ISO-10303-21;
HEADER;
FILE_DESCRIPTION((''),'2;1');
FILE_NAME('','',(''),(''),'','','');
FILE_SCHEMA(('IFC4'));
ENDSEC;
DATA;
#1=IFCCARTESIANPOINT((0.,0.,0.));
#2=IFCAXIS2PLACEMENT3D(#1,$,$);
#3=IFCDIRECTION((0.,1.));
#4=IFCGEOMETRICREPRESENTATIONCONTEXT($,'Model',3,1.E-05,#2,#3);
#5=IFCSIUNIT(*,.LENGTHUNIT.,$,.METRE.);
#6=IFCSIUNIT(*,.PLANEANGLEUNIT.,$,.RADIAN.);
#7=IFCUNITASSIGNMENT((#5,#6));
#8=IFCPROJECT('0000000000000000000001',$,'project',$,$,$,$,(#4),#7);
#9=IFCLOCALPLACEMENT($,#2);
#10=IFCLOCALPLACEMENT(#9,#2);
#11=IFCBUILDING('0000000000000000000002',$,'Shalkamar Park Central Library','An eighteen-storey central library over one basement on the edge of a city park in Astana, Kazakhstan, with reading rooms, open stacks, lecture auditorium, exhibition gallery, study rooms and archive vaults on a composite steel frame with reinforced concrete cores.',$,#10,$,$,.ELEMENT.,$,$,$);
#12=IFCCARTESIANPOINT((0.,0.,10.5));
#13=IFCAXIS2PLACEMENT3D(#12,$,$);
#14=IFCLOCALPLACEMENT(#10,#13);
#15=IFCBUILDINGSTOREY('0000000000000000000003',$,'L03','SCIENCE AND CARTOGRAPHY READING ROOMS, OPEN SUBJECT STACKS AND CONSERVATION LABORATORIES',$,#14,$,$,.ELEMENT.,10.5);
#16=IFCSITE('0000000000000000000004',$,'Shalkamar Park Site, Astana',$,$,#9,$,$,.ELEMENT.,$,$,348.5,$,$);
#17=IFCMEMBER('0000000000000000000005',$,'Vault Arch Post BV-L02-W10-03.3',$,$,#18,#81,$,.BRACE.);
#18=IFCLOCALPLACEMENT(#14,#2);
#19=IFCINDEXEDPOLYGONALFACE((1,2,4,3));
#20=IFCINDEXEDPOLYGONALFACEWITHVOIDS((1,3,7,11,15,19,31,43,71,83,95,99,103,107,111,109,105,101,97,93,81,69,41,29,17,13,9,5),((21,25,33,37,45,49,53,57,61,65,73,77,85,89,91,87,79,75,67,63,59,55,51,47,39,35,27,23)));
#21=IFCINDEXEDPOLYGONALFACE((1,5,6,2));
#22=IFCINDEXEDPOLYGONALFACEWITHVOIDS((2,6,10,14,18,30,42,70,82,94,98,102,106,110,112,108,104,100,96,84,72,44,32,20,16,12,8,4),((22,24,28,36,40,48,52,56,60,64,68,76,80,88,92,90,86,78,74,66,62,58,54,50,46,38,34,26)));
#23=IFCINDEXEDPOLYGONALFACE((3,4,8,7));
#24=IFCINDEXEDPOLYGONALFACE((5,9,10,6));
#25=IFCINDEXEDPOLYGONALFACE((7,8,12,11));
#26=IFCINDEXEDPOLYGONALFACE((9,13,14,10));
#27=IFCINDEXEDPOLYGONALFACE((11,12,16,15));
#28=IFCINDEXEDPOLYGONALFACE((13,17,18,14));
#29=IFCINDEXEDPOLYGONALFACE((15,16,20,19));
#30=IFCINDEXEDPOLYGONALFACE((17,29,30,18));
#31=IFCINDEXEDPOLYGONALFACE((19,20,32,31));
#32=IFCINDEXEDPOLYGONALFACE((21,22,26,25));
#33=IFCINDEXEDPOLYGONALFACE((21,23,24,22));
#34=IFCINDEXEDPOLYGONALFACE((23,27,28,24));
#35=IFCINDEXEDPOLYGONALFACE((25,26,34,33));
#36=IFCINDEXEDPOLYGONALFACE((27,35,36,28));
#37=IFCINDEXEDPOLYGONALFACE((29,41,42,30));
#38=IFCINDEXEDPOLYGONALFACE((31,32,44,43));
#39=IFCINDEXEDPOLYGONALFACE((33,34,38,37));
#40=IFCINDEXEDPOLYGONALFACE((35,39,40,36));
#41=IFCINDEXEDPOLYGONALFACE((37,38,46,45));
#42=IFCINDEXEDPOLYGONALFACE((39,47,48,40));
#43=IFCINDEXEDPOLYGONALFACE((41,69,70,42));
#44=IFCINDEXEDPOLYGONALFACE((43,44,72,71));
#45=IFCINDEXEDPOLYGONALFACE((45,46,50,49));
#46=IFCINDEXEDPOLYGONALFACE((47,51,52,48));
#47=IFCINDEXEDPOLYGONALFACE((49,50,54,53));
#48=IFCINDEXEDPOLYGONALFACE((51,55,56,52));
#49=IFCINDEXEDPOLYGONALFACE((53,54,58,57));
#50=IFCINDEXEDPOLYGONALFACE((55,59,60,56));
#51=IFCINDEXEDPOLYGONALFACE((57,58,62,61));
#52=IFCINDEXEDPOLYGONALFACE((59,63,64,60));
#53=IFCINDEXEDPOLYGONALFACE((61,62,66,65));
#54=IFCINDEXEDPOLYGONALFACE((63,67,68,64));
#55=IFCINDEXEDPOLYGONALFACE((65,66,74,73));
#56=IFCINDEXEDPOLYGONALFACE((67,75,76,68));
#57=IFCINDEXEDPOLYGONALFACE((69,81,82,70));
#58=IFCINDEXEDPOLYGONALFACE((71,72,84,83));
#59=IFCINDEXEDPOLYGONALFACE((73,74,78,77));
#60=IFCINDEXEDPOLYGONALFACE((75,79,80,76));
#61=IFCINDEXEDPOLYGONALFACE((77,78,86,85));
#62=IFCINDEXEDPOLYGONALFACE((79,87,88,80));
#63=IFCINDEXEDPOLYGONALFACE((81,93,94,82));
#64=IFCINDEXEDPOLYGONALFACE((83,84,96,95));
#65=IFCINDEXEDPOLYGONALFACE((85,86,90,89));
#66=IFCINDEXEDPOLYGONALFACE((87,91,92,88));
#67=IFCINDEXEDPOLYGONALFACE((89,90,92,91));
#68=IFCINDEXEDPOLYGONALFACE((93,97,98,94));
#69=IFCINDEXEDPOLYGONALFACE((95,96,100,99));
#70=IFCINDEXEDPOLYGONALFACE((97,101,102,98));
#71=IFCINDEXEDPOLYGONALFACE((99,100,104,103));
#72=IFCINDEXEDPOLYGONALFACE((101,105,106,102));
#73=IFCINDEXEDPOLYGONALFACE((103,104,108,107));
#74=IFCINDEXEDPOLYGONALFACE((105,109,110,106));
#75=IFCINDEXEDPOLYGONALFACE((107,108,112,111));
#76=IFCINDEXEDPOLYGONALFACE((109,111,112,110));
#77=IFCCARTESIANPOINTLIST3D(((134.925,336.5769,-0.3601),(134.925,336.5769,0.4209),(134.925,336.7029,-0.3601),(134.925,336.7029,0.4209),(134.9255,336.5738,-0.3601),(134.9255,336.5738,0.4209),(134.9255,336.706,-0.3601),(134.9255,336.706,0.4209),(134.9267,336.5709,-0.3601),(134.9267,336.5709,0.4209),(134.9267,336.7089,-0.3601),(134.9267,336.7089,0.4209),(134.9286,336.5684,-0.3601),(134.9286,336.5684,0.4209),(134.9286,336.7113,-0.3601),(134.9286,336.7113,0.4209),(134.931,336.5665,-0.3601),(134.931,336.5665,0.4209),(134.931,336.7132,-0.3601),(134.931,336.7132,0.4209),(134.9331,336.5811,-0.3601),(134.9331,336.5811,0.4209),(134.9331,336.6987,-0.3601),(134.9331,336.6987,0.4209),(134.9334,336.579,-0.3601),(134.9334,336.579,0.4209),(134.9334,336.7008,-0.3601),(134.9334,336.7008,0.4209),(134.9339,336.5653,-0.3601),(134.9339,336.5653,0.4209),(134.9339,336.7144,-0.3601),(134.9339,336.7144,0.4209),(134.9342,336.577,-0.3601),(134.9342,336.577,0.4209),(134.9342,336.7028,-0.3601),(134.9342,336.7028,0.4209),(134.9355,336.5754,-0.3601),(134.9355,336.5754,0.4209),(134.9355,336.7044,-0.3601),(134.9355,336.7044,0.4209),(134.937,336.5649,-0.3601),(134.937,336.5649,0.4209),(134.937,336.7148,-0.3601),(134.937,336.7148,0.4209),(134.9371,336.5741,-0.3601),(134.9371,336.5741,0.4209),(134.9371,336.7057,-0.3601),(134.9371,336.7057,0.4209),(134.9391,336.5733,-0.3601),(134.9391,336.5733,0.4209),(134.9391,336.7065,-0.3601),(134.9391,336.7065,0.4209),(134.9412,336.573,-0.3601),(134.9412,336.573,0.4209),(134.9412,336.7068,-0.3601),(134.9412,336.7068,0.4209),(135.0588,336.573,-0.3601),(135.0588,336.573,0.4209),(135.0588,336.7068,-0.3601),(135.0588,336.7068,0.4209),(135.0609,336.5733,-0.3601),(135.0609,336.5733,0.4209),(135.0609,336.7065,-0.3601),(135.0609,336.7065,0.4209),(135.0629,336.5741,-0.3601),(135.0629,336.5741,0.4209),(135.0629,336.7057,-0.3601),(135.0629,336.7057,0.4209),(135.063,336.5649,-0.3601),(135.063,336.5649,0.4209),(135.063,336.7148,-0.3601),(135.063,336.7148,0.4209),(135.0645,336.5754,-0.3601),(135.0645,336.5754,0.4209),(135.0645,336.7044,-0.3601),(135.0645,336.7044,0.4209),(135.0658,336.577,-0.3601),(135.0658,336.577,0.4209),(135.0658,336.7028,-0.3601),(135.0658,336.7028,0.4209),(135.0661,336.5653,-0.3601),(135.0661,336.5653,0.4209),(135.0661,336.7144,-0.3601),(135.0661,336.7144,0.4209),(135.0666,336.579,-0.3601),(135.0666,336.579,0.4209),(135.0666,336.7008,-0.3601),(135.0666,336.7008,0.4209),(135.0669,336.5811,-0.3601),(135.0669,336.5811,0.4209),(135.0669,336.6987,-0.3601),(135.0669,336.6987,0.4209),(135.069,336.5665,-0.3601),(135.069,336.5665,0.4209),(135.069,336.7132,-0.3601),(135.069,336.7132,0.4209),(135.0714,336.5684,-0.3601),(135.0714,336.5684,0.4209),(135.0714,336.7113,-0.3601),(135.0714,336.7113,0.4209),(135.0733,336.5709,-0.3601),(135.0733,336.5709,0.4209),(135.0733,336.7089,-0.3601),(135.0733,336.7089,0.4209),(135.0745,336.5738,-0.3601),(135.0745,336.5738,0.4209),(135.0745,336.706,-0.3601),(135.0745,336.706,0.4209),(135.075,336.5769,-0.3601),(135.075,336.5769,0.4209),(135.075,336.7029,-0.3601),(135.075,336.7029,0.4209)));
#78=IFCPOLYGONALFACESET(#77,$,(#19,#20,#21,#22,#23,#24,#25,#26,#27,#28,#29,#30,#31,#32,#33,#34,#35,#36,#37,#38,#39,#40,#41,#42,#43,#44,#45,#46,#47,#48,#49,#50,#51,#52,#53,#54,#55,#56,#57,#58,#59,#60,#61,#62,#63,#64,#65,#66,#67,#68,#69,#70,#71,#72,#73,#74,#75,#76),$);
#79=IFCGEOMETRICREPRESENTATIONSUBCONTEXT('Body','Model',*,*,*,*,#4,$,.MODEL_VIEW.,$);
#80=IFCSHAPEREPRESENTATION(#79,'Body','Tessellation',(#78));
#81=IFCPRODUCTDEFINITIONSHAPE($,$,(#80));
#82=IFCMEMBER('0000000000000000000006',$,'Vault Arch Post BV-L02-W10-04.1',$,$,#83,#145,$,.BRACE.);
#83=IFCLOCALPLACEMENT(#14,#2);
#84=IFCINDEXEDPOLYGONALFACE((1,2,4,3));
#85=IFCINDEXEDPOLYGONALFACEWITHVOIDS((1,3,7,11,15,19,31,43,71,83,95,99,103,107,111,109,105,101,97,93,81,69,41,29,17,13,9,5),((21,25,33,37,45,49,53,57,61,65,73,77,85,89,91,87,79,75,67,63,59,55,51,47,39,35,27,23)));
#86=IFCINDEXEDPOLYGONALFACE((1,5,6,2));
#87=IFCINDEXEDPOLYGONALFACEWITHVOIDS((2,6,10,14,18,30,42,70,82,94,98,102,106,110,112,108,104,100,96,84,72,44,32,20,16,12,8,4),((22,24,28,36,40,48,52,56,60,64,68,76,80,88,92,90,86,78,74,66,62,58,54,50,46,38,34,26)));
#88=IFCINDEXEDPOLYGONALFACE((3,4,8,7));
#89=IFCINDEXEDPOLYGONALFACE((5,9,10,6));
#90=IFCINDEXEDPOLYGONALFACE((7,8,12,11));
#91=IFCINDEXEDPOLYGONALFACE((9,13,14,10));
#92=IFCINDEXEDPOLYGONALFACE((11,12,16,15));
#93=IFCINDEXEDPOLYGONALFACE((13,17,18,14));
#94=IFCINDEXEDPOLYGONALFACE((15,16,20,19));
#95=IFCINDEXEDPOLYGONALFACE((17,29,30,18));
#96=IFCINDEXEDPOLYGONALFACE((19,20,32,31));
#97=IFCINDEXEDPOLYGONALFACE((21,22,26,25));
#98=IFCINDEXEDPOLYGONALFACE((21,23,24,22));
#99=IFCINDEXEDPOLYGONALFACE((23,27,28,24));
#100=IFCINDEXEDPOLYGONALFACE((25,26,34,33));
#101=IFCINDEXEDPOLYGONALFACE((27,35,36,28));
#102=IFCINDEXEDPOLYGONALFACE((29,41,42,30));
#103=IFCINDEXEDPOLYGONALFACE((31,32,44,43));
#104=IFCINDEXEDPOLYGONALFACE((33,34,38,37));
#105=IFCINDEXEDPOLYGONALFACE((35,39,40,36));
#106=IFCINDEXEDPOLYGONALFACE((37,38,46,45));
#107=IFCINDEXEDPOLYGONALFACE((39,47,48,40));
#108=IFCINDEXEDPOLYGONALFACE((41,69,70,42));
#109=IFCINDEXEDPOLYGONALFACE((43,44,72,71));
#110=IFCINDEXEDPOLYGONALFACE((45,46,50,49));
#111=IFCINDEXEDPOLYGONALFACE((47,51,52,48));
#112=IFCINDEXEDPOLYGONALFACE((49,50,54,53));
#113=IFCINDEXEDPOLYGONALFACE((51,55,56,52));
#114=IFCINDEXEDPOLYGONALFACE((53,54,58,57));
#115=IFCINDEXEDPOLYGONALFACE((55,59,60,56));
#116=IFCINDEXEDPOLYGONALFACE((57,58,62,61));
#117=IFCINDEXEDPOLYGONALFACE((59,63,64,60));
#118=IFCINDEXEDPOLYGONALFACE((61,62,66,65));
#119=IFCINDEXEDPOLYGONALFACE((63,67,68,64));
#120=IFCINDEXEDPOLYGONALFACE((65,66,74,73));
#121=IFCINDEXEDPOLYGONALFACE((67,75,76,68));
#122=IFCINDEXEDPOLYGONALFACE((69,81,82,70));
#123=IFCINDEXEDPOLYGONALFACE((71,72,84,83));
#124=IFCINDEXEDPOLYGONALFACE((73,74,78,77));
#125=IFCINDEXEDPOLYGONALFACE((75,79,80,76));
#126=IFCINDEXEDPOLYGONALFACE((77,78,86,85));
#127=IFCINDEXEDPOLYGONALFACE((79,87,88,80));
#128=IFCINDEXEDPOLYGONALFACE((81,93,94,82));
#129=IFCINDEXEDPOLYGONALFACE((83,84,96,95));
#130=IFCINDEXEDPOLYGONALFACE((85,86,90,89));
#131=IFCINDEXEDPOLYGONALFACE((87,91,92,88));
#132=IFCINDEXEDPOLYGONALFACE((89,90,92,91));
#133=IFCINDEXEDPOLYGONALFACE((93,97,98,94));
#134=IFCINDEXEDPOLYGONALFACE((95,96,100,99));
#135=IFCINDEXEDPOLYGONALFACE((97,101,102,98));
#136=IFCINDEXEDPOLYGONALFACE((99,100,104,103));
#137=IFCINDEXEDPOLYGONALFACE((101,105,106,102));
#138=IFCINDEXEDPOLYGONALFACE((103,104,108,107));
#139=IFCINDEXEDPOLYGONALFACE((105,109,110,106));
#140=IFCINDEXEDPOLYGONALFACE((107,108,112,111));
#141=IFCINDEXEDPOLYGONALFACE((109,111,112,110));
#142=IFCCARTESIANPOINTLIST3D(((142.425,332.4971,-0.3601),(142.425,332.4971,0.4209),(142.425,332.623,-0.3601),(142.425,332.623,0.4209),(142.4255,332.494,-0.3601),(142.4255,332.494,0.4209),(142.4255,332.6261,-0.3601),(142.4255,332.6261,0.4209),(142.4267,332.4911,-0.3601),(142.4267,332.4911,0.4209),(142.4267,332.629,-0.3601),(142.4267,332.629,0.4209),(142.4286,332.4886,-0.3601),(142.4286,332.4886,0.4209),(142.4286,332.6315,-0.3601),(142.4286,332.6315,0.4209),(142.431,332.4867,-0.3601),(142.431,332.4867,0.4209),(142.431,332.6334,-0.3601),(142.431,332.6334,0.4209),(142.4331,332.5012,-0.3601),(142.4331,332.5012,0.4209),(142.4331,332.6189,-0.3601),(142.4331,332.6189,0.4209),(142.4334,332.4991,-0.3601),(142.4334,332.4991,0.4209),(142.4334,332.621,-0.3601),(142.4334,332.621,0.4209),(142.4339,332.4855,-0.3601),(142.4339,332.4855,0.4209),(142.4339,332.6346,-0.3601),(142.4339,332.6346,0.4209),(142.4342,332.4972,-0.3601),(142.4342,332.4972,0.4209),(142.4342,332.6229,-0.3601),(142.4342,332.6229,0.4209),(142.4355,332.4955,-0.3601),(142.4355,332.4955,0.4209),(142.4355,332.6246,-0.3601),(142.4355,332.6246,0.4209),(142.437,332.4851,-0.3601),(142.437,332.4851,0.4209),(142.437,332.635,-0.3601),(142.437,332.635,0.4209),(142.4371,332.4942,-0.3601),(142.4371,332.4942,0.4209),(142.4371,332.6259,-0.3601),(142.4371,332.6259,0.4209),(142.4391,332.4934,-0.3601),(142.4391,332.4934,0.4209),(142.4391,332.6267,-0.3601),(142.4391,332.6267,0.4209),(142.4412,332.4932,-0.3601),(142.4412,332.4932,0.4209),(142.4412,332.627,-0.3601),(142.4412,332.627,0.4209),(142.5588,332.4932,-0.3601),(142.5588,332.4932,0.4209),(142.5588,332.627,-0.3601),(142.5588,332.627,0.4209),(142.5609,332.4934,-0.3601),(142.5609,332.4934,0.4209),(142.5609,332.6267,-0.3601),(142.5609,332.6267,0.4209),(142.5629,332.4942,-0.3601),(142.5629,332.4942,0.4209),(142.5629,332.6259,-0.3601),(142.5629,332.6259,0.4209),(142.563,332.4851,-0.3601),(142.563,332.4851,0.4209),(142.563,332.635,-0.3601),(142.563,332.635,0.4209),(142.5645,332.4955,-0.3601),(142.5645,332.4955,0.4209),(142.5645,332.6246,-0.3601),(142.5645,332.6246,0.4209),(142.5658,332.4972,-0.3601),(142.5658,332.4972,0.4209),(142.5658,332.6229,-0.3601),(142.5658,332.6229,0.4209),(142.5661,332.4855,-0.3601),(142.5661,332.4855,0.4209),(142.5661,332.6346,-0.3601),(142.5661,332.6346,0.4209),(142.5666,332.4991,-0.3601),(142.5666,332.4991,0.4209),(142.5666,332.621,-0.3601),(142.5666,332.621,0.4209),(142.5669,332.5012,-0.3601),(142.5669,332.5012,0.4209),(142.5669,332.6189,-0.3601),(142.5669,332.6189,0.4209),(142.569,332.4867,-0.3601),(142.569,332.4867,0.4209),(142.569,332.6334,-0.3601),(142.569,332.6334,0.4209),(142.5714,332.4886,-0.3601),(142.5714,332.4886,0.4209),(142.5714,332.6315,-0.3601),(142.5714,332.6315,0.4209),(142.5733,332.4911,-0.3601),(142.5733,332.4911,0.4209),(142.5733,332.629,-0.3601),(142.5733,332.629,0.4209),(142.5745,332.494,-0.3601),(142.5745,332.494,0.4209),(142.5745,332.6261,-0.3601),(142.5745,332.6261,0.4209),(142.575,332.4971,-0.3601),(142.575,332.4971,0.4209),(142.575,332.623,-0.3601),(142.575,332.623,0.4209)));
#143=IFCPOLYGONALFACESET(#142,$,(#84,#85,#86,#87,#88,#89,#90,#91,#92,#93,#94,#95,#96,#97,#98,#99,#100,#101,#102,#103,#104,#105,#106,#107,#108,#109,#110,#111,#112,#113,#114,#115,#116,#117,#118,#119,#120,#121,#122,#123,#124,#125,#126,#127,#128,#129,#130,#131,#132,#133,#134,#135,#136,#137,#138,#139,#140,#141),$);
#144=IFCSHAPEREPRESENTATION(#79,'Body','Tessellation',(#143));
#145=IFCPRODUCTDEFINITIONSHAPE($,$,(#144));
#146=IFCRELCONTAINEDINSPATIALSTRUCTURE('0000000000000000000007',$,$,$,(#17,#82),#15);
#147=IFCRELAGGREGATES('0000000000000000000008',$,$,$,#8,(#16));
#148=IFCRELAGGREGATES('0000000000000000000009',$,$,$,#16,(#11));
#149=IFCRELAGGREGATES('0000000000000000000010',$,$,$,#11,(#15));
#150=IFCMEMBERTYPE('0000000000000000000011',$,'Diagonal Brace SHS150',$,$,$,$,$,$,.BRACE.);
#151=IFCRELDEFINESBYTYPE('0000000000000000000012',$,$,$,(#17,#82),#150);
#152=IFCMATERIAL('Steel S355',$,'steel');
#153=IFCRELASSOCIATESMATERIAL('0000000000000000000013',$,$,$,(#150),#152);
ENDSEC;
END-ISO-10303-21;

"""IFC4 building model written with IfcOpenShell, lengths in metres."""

from ifc_helpers import new_model, si_unit, direction, frame, origin, origin_2d, place, context, subcontext, project, spatial, hollow_rectangle, extrude, material, material_profile, profile_set, type_object, element, save


model = new_model("IFC4")

# Units and contexts
model_context = context("Model", 3, precision=1e-05, world=origin(), true_north=direction((0.0, 1.0)))
body_context = subcontext(model_context, "Body", "Model", "MODEL_VIEW")
ifc_project = project(units=[si_unit("LENGTHUNIT", "METRE"), si_unit("PLANEANGLEUNIT", "RADIAN")], contexts=[model_context])

# Site, building, storey
site_placement = place(None, origin())
site = spatial("IfcSite", under=ifc_project, at=site_placement, Name="Shalkamar Park Site, Astana", CompositionType="ELEMENT", RefElevation=348.5)
building_placement = place(site_placement, origin())
building = spatial("IfcBuilding", under=site, at=building_placement, Name="Shalkamar Park Central Library", Description="An eighteen-storey central library over one basement on the edge of a city park in Astana, Kazakhstan, with reading rooms, open stacks, lecture auditorium, exhibition gallery, study rooms and archive vaults on a composite steel frame with reinforced concrete cores.", CompositionType="ELEMENT")
storey_placement = place(building_placement, frame((0.0, 0.0, 10.5)))
storey = spatial("IfcBuildingStorey", under=building, at=storey_placement, Name="L03", Description="SCIENCE AND CARTOGRAPHY READING ROOMS, OPEN SUBJECT STACKS AND CONSERVATION LABORATORIES", CompositionType="ELEMENT", Elevation=10.5)

# Members
ifc_material_1 = material(Name="Steel S355", Category="steel")
ifc_material_profile_1 = material_profile(ifc_material_1, hollow_rectangle(XDim=0.1499, YDim=0.1499, WallThickness=0.0081, InnerFilletRadius=0.0081, OuterFilletRadius=0.012, at=origin_2d()), Name="SHS 150x150x8")
ifc_profile_set_1 = profile_set([ifc_material_profile_1], Name="Steel S355")
member_type_1 = type_object("IfcMemberType", Name="Diagonal Brace SHS150", PredefinedType="BRACE", material=ifc_profile_set_1)
for number, where, z_axis, x_axis, name in (
    (1, (135.0, 336.6399, -0.3601), (0.0, 0.0, 1.0), (1.0, 0.0, 0.0), "Vault Arch Post BV-L02-W10-03.3"),
    (2, (142.5, 332.5601, -0.3601), (0.0, 0.0, 1.0), (1.0, 0.0, 0.0), "Vault Arch Post BV-L02-W10-04.1"),
):
    element("IfcMember", number, at=place(storey_placement, frame(where, z_axis=z_axis, x_axis=x_axis)), inside=storey, type_object=member_type_1, Name=name, PredefinedType="BRACE", context=body_context, shape_type="SweptSolid", body=[
        extrude(hollow_rectangle(XDim=0.1499, YDim=0.1499, WallThickness=0.0081, InnerFilletRadius=0.0081, OuterFilletRadius=0.012, at=origin_2d()), origin(), (0.0, 0.0, 1.0), 0.781),
    ])

save(model, "model.ifc")
